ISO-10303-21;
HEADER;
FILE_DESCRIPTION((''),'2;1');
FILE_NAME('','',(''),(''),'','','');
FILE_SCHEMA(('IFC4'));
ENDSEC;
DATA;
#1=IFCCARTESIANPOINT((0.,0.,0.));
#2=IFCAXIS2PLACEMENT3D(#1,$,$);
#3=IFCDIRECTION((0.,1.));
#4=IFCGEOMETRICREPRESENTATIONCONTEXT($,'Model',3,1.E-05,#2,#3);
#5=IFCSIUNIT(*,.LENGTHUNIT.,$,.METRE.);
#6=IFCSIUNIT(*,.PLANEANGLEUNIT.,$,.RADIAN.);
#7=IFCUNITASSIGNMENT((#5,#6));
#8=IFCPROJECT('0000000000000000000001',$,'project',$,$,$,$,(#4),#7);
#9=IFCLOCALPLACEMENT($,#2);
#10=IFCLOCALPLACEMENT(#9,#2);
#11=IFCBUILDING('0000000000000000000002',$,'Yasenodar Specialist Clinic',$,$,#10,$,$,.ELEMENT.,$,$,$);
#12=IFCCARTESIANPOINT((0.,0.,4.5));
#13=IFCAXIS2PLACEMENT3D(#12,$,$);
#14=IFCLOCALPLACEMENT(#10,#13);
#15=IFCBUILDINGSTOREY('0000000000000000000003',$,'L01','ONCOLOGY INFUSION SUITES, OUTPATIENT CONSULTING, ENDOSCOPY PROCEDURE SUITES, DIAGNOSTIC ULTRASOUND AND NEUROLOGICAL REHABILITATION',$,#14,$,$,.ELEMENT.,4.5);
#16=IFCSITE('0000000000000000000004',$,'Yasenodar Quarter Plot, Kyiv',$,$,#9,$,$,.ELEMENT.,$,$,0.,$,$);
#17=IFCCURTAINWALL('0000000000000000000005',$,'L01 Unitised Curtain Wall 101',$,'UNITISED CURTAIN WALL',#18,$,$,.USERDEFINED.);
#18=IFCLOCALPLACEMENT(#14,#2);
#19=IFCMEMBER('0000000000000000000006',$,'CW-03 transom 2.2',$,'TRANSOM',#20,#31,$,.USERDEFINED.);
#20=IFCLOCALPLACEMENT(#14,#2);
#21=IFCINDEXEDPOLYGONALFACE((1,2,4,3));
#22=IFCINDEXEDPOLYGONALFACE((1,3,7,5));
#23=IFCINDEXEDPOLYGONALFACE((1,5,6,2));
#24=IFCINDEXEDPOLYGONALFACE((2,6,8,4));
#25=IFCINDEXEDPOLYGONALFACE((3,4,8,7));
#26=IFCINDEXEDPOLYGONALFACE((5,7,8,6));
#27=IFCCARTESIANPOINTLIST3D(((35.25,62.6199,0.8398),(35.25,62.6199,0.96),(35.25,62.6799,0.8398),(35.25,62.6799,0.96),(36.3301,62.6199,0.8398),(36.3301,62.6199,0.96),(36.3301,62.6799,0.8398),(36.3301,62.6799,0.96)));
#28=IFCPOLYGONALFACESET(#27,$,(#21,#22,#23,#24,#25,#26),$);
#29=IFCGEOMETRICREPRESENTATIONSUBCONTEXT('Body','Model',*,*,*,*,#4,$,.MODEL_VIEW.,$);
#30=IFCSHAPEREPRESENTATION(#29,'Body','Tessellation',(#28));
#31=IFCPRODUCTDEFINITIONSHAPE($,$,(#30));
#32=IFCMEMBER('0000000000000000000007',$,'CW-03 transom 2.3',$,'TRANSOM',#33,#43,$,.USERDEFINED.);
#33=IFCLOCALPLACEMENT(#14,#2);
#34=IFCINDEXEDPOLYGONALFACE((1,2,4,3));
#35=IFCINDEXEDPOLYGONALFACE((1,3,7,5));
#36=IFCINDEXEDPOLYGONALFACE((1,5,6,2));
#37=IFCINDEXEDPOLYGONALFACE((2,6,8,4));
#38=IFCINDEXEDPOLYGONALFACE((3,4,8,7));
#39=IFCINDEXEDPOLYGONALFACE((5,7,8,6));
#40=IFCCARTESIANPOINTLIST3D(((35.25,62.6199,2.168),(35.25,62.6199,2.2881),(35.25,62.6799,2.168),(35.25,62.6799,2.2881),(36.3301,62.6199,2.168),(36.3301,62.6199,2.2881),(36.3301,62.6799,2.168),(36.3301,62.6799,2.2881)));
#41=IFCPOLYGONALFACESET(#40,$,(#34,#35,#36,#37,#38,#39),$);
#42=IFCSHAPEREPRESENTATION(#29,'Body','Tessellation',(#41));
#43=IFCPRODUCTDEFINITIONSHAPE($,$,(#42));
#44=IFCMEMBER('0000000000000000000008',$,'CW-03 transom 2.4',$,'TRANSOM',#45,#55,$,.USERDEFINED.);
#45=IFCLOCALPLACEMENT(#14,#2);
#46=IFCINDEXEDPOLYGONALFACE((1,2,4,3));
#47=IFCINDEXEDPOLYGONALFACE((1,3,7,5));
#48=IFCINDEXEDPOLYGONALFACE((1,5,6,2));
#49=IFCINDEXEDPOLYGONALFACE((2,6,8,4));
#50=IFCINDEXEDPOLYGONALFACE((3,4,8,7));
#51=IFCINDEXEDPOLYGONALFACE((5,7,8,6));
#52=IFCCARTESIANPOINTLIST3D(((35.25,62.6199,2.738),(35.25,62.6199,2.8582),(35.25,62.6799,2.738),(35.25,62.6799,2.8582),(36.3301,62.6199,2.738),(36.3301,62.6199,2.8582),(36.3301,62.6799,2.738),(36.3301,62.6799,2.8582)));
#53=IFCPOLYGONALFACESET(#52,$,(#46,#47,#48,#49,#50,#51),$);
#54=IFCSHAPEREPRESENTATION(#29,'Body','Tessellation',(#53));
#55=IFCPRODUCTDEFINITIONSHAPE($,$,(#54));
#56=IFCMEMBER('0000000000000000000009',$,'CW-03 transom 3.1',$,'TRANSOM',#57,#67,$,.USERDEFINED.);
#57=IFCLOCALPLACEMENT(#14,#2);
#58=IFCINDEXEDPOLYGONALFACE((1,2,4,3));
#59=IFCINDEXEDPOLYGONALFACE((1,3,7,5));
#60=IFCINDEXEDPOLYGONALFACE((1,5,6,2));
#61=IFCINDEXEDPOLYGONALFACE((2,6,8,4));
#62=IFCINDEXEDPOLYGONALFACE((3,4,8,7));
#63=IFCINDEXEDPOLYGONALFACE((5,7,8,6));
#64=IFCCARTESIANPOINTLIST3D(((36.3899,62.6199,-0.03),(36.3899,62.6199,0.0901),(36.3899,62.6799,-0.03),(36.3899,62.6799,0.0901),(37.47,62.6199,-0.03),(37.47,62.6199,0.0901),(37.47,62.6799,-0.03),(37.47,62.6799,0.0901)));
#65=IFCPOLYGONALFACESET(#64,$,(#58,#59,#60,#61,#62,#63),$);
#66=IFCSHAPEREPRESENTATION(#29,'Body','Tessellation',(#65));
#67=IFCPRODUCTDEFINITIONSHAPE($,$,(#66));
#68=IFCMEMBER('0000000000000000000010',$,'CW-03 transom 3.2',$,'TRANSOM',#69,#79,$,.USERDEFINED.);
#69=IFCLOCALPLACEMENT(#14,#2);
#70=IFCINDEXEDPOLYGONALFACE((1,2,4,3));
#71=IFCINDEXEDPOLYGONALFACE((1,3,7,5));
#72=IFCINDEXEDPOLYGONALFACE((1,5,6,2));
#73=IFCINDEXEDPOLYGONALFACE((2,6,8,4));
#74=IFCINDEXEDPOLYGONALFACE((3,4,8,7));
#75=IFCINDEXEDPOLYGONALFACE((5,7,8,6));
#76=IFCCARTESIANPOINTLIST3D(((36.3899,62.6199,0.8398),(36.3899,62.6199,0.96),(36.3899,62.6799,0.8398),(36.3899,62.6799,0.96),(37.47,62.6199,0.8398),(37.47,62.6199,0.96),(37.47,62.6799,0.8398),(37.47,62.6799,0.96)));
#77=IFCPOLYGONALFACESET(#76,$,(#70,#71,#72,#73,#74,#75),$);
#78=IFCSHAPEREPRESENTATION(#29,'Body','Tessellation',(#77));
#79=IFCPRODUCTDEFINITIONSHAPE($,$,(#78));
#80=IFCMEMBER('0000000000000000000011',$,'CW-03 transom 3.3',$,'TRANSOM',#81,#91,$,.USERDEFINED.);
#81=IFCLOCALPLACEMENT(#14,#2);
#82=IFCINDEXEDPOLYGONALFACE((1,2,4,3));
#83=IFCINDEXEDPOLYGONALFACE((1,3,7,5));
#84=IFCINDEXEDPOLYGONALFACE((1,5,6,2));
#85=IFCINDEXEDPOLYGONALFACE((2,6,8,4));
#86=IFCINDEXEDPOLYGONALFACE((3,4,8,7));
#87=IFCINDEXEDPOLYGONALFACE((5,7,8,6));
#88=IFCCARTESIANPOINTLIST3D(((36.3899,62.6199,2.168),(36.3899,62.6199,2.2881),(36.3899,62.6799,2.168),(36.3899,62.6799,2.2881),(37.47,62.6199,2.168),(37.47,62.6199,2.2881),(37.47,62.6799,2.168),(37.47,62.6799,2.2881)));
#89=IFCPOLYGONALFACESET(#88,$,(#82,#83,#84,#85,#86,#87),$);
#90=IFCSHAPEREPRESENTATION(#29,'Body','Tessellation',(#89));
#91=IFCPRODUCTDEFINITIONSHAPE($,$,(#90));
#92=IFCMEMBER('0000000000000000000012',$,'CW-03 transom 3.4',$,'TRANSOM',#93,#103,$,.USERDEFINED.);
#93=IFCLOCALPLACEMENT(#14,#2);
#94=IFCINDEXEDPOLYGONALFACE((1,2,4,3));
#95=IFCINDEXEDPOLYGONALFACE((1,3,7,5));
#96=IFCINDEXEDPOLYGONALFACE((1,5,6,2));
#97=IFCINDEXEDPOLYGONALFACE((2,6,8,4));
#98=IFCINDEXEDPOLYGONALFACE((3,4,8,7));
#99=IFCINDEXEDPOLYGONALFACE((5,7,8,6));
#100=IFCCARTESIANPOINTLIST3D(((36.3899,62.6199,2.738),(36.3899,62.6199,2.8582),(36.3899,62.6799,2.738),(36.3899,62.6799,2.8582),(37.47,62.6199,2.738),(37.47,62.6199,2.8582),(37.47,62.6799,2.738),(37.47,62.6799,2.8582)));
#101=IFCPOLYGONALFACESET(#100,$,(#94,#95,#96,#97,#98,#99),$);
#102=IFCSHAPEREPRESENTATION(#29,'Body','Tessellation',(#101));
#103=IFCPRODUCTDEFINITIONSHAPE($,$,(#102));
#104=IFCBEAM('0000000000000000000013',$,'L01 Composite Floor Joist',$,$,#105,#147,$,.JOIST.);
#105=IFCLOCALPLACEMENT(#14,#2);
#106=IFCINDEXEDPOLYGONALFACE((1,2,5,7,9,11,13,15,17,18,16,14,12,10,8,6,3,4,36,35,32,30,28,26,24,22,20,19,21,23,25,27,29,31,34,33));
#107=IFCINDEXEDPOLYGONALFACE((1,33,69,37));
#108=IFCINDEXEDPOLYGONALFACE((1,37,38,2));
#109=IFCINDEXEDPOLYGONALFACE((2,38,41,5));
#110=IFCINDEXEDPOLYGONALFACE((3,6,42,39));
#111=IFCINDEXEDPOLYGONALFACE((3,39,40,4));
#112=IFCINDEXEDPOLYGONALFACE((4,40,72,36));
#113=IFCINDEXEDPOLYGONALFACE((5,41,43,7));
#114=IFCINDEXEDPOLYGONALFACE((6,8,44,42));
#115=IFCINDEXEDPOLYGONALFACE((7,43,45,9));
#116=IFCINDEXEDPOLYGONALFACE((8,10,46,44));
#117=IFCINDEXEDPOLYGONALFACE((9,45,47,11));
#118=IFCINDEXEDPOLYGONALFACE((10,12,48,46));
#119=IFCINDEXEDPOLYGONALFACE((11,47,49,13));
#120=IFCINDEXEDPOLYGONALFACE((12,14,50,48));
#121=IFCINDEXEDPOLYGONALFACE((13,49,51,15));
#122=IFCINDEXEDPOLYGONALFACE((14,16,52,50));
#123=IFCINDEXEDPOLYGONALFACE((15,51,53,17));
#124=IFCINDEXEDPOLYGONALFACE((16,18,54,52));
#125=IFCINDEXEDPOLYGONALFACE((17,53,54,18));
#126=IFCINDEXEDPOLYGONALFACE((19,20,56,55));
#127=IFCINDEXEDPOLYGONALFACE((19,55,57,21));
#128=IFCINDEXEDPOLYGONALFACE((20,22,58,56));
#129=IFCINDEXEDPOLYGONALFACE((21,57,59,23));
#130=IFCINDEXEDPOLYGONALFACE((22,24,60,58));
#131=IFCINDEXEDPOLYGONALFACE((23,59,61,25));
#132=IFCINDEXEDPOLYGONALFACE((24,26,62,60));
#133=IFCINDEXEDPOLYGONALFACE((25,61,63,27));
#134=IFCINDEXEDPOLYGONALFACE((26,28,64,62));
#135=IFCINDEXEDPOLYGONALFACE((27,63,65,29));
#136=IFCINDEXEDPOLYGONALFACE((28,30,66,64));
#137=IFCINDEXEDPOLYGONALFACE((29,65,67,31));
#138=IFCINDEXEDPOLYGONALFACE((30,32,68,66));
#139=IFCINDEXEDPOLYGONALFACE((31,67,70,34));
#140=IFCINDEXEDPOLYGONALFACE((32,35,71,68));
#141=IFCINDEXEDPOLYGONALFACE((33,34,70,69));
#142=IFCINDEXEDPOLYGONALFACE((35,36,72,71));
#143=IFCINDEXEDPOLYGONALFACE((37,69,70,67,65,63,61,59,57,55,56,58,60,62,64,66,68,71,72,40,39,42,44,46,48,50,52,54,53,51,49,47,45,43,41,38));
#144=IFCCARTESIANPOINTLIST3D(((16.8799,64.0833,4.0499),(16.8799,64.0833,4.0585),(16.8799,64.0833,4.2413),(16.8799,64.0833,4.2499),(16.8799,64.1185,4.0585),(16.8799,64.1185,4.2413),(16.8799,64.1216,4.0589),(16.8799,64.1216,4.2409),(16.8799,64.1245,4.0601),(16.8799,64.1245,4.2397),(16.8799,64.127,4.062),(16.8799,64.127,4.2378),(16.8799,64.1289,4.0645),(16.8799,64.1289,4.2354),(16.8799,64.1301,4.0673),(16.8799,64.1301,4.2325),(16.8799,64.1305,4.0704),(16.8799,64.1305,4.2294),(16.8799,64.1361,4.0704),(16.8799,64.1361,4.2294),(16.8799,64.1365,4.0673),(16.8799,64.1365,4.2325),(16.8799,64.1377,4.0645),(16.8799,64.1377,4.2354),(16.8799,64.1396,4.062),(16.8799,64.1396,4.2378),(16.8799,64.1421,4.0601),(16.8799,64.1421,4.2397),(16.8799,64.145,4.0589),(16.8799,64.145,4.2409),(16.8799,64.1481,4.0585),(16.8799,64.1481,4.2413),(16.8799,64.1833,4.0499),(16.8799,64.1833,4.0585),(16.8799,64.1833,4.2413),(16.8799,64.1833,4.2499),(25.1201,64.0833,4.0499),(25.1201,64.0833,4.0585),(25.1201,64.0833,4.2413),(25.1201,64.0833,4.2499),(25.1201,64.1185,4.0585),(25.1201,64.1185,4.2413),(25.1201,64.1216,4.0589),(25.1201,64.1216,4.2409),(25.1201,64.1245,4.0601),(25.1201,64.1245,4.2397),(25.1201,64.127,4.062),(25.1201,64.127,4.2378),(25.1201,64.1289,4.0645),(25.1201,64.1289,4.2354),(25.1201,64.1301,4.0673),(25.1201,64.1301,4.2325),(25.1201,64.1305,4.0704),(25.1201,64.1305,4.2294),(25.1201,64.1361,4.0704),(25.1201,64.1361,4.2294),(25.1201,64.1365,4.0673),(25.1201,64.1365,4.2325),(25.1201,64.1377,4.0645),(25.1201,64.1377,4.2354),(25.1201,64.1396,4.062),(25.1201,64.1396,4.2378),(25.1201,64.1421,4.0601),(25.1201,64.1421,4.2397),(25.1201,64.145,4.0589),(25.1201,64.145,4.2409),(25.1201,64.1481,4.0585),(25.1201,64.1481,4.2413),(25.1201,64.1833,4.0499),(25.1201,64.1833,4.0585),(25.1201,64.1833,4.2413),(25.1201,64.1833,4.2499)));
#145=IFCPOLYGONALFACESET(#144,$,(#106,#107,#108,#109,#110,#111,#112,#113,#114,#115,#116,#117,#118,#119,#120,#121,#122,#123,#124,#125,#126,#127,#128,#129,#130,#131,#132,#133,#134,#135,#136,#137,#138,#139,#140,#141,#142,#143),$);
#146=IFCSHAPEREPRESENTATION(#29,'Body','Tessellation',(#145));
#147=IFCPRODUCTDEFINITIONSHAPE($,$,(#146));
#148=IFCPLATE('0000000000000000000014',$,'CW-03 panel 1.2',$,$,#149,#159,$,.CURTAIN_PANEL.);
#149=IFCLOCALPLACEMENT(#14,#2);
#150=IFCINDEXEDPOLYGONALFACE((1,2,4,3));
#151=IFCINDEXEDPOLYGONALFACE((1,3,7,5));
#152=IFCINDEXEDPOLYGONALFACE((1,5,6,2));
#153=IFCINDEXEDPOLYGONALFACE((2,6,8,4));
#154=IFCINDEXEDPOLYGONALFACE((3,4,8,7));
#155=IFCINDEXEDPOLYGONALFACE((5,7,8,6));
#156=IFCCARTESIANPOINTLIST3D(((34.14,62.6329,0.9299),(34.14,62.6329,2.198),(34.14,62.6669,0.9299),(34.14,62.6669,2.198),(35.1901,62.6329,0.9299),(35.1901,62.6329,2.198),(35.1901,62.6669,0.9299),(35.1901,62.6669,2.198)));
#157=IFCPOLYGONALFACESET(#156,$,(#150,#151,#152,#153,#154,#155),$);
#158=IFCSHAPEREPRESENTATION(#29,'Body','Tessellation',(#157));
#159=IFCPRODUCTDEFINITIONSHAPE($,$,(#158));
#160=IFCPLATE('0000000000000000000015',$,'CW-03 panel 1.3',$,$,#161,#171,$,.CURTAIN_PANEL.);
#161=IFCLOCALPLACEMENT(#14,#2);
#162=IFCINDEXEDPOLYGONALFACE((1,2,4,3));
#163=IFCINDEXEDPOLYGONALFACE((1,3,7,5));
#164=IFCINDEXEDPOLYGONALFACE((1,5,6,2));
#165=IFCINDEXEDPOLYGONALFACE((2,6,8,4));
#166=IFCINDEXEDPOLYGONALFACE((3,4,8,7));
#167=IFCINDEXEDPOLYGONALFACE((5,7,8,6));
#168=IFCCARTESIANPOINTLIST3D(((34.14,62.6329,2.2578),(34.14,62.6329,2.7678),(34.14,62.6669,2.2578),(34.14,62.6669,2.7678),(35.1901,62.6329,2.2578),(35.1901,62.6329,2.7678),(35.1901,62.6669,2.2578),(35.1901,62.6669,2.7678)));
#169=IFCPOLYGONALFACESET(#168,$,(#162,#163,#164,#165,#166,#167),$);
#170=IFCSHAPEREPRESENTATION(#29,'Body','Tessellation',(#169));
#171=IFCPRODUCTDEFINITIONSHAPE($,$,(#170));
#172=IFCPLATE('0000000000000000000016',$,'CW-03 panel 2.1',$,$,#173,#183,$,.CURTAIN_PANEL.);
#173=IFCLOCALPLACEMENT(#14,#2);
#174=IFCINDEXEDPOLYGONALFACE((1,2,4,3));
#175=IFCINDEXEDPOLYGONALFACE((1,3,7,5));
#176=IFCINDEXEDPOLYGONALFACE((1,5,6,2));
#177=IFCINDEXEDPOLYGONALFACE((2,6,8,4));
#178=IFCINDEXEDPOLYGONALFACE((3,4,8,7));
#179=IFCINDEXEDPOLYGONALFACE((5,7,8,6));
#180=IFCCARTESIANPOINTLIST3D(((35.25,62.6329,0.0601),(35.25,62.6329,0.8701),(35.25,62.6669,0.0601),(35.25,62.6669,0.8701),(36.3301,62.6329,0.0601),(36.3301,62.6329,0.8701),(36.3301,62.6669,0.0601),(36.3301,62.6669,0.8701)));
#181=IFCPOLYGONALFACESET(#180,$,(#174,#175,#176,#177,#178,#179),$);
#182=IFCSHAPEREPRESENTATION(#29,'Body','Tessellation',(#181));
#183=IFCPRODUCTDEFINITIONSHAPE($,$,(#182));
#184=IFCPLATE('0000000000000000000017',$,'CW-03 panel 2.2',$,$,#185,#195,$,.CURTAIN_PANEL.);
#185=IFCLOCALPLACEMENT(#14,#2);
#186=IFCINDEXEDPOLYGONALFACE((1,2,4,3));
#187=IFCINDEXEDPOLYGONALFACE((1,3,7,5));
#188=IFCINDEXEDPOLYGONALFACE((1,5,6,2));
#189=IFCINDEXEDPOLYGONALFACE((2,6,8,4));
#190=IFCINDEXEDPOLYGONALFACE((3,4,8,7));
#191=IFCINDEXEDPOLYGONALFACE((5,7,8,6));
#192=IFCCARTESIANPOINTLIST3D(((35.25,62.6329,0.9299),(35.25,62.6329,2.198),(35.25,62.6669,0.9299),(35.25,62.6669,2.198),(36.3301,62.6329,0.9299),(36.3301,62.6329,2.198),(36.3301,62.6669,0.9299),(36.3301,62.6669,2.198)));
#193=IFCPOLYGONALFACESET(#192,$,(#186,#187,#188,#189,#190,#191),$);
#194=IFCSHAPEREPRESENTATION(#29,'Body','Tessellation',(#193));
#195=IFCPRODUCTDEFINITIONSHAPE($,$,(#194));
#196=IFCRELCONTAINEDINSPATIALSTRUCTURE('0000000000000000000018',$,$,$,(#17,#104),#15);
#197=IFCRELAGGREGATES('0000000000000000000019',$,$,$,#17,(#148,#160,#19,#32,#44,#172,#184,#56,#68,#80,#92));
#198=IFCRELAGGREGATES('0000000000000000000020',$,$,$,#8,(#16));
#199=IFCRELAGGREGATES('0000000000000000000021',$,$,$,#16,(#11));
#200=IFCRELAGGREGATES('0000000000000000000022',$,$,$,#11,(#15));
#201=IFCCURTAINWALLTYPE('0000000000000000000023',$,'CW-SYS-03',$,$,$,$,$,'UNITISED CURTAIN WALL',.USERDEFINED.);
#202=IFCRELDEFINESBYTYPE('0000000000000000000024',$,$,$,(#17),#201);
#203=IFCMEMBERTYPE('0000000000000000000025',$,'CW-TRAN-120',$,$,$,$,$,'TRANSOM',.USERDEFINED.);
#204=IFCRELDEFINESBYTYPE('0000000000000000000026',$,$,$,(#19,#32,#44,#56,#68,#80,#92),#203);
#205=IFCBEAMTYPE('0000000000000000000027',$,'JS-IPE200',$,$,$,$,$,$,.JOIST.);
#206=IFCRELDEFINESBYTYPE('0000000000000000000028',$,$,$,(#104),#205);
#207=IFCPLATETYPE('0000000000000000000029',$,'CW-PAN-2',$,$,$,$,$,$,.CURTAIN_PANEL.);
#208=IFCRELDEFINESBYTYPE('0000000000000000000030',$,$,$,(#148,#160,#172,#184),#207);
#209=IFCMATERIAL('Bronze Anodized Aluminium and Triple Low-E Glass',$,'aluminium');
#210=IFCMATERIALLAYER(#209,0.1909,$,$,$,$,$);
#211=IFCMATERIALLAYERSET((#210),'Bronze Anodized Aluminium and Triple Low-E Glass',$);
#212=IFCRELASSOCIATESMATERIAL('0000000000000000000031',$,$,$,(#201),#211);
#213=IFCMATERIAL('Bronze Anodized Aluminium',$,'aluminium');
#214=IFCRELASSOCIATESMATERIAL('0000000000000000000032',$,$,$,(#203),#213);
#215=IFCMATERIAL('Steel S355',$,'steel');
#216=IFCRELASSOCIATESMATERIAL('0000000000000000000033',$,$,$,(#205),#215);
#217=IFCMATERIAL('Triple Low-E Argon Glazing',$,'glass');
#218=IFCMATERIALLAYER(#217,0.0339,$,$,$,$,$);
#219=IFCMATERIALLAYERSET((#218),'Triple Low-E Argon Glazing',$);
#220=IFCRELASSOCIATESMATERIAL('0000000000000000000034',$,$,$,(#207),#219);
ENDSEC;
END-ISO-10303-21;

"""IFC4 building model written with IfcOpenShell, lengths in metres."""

from ifc_helpers import new_model, si_unit, direction, frame, origin, origin_2d, place, context, subcontext, project, spatial, rectangle, i_section, extrude, material, layer, layer_set, material_profile, profile_set, type_object, element, aggregate, save


model = new_model("IFC4")

# Units and contexts
model_context = context("Model", 3, precision=1e-05, world=origin(), true_north=direction((0.0, 1.0)))
body_context = subcontext(model_context, "Body", "Model", "MODEL_VIEW")
ifc_project = project(units=[si_unit("LENGTHUNIT", "METRE"), si_unit("PLANEANGLEUNIT", "RADIAN")], contexts=[model_context])

# Site, building, storey
site_placement = place(None, origin())
site = spatial("IfcSite", under=ifc_project, at=site_placement, Name="Yasenodar Quarter Plot, Kyiv", CompositionType="ELEMENT", RefElevation=0.0)
building_placement = place(site_placement, origin())
building = spatial("IfcBuilding", under=site, at=building_placement, Name="Yasenodar Specialist Clinic", CompositionType="ELEMENT")
storey_placement = place(building_placement, frame((0.0, 0.0, 4.5)))
storey = spatial("IfcBuildingStorey", under=building, at=storey_placement, Name="L01", Description="ONCOLOGY INFUSION SUITES, OUTPATIENT CONSULTING, ENDOSCOPY PROCEDURE SUITES, DIAGNOSTIC ULTRASOUND AND NEUROLOGICAL REHABILITATION", CompositionType="ELEMENT", Elevation=4.5)

# Shared definitions
ifc_material_1 = material(Name="Steel S355", Category="steel")

# Curtain wall, members
ifc_material_2 = material(Name="Bronze Anodized Aluminium and Triple Low-E Glass", Category="aluminium")
ifc_layer_1 = layer(ifc_material_2, 0.1909)
ifc_layer_set_1 = layer_set([ifc_layer_1], Name="Bronze Anodized Aluminium and Triple Low-E Glass")
curtain_wall_type = type_object("IfcCurtainWallType", Name="CW-SYS-03", ElementType="UNITISED CURTAIN WALL", PredefinedType="USERDEFINED", material=ifc_layer_set_1)
curtain_wall_placement = place(storey_placement, origin())
curtain_wall = element("IfcCurtainWall", 1, at=curtain_wall_placement, inside=storey, type_object=curtain_wall_type, Name="L01 Unitised Curtain Wall 101", ObjectType="UNITISED CURTAIN WALL", PredefinedType="USERDEFINED")
ifc_material_3 = material(Name="Bronze Anodized Aluminium", Category="aluminium")
ifc_material_profile_1 = material_profile(ifc_material_3, rectangle(XDim=0.0601, YDim=0.1201, at=origin_2d()), Name="CW-TRAN 60x120")
ifc_profile_set_1 = profile_set([ifc_material_profile_1], Name="Bronze Anodized Aluminium")
member_type_1 = type_object("IfcMemberType", Name="CW-TRAN-120", ElementType="TRANSOM", PredefinedType="USERDEFINED", material=ifc_profile_set_1)
member_1_placement = place(storey_placement, frame((35.25, 62.6499, 0.8999), z_axis=(1.0, 0.0, 0.0), x_axis=(0.0, 1.0, 0.0)))
member_1 = element("IfcMember", 2, at=member_1_placement, type_object=member_type_1, Name="CW-03 transom 2.2", ObjectType="TRANSOM", PredefinedType="USERDEFINED", context=body_context, shape_type="SweptSolid", body=[
    extrude(rectangle(XDim=0.0601, YDim=0.1201, at=origin_2d()), origin(), (0.0, 0.0, 1.0), 1.0801),
])
member_2_placement = place(storey_placement, frame((35.25, 62.6499, 2.228), z_axis=(1.0, 0.0, 0.0), x_axis=(0.0, 1.0, 0.0)))
member_2 = element("IfcMember", 3, at=member_2_placement, type_object=member_type_1, Name="CW-03 transom 2.3", ObjectType="TRANSOM", PredefinedType="USERDEFINED", context=body_context, shape_type="SweptSolid", body=[
    extrude(rectangle(XDim=0.0601, YDim=0.1201, at=origin_2d()), origin(), (0.0, 0.0, 1.0), 1.0801),
])
member_3_placement = place(storey_placement, frame((35.25, 62.6499, 2.7981), z_axis=(1.0, 0.0, 0.0), x_axis=(0.0, 1.0, 0.0)))
member_3 = element("IfcMember", 4, at=member_3_placement, type_object=member_type_1, Name="CW-03 transom 2.4", ObjectType="TRANSOM", PredefinedType="USERDEFINED", context=body_context, shape_type="SweptSolid", body=[
    extrude(rectangle(XDim=0.0601, YDim=0.1201, at=origin_2d()), origin(), (0.0, 0.0, 1.0), 1.0801),
])
member_4_placement = place(storey_placement, frame((36.3899, 62.6499, 0.03), z_axis=(1.0, 0.0, 0.0), x_axis=(0.0, 1.0, 0.0)))
member_4 = element("IfcMember", 5, at=member_4_placement, type_object=member_type_1, Name="CW-03 transom 3.1", ObjectType="TRANSOM", PredefinedType="USERDEFINED", context=body_context, shape_type="SweptSolid", body=[
    extrude(rectangle(XDim=0.0601, YDim=0.1201, at=origin_2d()), origin(), (0.0, 0.0, 1.0), 1.0801),
])
member_5_placement = place(storey_placement, frame((36.3899, 62.6499, 0.8999), z_axis=(1.0, 0.0, 0.0), x_axis=(0.0, 1.0, 0.0)))
member_5 = element("IfcMember", 6, at=member_5_placement, type_object=member_type_1, Name="CW-03 transom 3.2", ObjectType="TRANSOM", PredefinedType="USERDEFINED", context=body_context, shape_type="SweptSolid", body=[
    extrude(rectangle(XDim=0.0601, YDim=0.1201, at=origin_2d()), origin(), (0.0, 0.0, 1.0), 1.0801),
])
member_6_placement = place(storey_placement, frame((36.3899, 62.6499, 2.228), z_axis=(1.0, 0.0, 0.0), x_axis=(0.0, 1.0, 0.0)))
member_6 = element("IfcMember", 7, at=member_6_placement, type_object=member_type_1, Name="CW-03 transom 3.3", ObjectType="TRANSOM", PredefinedType="USERDEFINED", context=body_context, shape_type="SweptSolid", body=[
    extrude(rectangle(XDim=0.0601, YDim=0.1201, at=origin_2d()), origin(), (0.0, 0.0, 1.0), 1.0801),
])
member_7_placement = place(storey_placement, frame((36.3899, 62.6499, 2.7981), z_axis=(1.0, 0.0, 0.0), x_axis=(0.0, 1.0, 0.0)))
member_7 = element("IfcMember", 8, at=member_7_placement, type_object=member_type_1, Name="CW-03 transom 3.4", ObjectType="TRANSOM", PredefinedType="USERDEFINED", context=body_context, shape_type="SweptSolid", body=[
    extrude(rectangle(XDim=0.0601, YDim=0.1201, at=origin_2d()), origin(), (0.0, 0.0, 1.0), 1.0801),
])

# Beam
ifc_material_profile_2 = material_profile(ifc_material_1, i_section(OverallWidth=0.1001, OverallDepth=0.2, WebThickness=0.0056, FlangeThickness=0.0085, FilletRadius=0.012, at=origin_2d()), Name="IPE 200")
ifc_profile_set_2 = profile_set([ifc_material_profile_2], Name="Steel S355")
beam_type_1 = type_object("IfcBeamType", Name="JS-IPE200", PredefinedType="JOIST", material=ifc_profile_set_2)
beam_1_placement = place(storey_placement, frame((16.8799, 64.1333, 4.1499), z_axis=(1.0, 0.0, 0.0), x_axis=(0.0, 1.0, 0.0)))
element("IfcBeam", 9, at=beam_1_placement, inside=storey, type_object=beam_type_1, Name="L01 Composite Floor Joist", PredefinedType="JOIST", context=body_context, shape_type="SweptSolid", body=[
    extrude(i_section(OverallWidth=0.1001, OverallDepth=0.2, WebThickness=0.0056, FlangeThickness=0.0085, FilletRadius=0.012, at=origin_2d()), origin(), (0.0, 0.0, 1.0), 8.2402),
])

# Plates
ifc_material_4 = material(Name="Triple Low-E Argon Glazing", Category="glass")
ifc_layer_2 = layer(ifc_material_4, 0.0339)
ifc_layer_set_2 = layer_set([ifc_layer_2], Name="Triple Low-E Argon Glazing")
plate_type = type_object("IfcPlateType", Name="CW-PAN-2", PredefinedType="CURTAIN_PANEL", material=ifc_layer_set_2)
plate_1_placement = place(storey_placement, frame((34.665, 62.6499, 0.9299), z_axis=(0.0, 0.0, 1.0), x_axis=(1.0, 0.0, 0.0)))
plate_1 = element("IfcPlate", 10, at=plate_1_placement, type_object=plate_type, Name="CW-03 panel 1.2", PredefinedType="CURTAIN_PANEL", context=body_context, shape_type="SweptSolid", body=[
    extrude(rectangle(XDim=1.05, YDim=0.0339, at=origin_2d()), origin(), (0.0, 0.0, 1.0), 1.2681),
])
plate_2_placement = place(storey_placement, frame((34.665, 62.6499, 2.2578), z_axis=(0.0, 0.0, 1.0), x_axis=(1.0, 0.0, 0.0)))
plate_2 = element("IfcPlate", 11, at=plate_2_placement, type_object=plate_type, Name="CW-03 panel 1.3", PredefinedType="CURTAIN_PANEL", context=body_context, shape_type="SweptSolid", body=[
    extrude(rectangle(XDim=1.05, YDim=0.0339, at=origin_2d()), origin(), (0.0, 0.0, 1.0), 0.51),
])
plate_3_placement = place(storey_placement, frame((35.79, 62.6499, 0.0601), z_axis=(0.0, 0.0, 1.0), x_axis=(1.0, 0.0, 0.0)))
plate_3 = element("IfcPlate", 12, at=plate_3_placement, type_object=plate_type, Name="CW-03 panel 2.1", PredefinedType="CURTAIN_PANEL", context=body_context, shape_type="SweptSolid", body=[
    extrude(rectangle(XDim=1.0801, YDim=0.0339, at=origin_2d()), origin(), (0.0, 0.0, 1.0), 0.8101),
])
plate_4_placement = place(storey_placement, frame((35.79, 62.6499, 0.9299), z_axis=(0.0, 0.0, 1.0), x_axis=(1.0, 0.0, 0.0)))
plate_4 = element("IfcPlate", 13, at=plate_4_placement, type_object=plate_type, Name="CW-03 panel 2.2", PredefinedType="CURTAIN_PANEL", context=body_context, shape_type="SweptSolid", body=[
    extrude(rectangle(XDim=1.0801, YDim=0.0339, at=origin_2d()), origin(), (0.0, 0.0, 1.0), 1.2681),
])
aggregate(curtain_wall, [plate_1, plate_2, member_1, member_2, member_3, plate_3, plate_4, member_4, member_5, member_6, member_7])

save(model, "model.ifc")
